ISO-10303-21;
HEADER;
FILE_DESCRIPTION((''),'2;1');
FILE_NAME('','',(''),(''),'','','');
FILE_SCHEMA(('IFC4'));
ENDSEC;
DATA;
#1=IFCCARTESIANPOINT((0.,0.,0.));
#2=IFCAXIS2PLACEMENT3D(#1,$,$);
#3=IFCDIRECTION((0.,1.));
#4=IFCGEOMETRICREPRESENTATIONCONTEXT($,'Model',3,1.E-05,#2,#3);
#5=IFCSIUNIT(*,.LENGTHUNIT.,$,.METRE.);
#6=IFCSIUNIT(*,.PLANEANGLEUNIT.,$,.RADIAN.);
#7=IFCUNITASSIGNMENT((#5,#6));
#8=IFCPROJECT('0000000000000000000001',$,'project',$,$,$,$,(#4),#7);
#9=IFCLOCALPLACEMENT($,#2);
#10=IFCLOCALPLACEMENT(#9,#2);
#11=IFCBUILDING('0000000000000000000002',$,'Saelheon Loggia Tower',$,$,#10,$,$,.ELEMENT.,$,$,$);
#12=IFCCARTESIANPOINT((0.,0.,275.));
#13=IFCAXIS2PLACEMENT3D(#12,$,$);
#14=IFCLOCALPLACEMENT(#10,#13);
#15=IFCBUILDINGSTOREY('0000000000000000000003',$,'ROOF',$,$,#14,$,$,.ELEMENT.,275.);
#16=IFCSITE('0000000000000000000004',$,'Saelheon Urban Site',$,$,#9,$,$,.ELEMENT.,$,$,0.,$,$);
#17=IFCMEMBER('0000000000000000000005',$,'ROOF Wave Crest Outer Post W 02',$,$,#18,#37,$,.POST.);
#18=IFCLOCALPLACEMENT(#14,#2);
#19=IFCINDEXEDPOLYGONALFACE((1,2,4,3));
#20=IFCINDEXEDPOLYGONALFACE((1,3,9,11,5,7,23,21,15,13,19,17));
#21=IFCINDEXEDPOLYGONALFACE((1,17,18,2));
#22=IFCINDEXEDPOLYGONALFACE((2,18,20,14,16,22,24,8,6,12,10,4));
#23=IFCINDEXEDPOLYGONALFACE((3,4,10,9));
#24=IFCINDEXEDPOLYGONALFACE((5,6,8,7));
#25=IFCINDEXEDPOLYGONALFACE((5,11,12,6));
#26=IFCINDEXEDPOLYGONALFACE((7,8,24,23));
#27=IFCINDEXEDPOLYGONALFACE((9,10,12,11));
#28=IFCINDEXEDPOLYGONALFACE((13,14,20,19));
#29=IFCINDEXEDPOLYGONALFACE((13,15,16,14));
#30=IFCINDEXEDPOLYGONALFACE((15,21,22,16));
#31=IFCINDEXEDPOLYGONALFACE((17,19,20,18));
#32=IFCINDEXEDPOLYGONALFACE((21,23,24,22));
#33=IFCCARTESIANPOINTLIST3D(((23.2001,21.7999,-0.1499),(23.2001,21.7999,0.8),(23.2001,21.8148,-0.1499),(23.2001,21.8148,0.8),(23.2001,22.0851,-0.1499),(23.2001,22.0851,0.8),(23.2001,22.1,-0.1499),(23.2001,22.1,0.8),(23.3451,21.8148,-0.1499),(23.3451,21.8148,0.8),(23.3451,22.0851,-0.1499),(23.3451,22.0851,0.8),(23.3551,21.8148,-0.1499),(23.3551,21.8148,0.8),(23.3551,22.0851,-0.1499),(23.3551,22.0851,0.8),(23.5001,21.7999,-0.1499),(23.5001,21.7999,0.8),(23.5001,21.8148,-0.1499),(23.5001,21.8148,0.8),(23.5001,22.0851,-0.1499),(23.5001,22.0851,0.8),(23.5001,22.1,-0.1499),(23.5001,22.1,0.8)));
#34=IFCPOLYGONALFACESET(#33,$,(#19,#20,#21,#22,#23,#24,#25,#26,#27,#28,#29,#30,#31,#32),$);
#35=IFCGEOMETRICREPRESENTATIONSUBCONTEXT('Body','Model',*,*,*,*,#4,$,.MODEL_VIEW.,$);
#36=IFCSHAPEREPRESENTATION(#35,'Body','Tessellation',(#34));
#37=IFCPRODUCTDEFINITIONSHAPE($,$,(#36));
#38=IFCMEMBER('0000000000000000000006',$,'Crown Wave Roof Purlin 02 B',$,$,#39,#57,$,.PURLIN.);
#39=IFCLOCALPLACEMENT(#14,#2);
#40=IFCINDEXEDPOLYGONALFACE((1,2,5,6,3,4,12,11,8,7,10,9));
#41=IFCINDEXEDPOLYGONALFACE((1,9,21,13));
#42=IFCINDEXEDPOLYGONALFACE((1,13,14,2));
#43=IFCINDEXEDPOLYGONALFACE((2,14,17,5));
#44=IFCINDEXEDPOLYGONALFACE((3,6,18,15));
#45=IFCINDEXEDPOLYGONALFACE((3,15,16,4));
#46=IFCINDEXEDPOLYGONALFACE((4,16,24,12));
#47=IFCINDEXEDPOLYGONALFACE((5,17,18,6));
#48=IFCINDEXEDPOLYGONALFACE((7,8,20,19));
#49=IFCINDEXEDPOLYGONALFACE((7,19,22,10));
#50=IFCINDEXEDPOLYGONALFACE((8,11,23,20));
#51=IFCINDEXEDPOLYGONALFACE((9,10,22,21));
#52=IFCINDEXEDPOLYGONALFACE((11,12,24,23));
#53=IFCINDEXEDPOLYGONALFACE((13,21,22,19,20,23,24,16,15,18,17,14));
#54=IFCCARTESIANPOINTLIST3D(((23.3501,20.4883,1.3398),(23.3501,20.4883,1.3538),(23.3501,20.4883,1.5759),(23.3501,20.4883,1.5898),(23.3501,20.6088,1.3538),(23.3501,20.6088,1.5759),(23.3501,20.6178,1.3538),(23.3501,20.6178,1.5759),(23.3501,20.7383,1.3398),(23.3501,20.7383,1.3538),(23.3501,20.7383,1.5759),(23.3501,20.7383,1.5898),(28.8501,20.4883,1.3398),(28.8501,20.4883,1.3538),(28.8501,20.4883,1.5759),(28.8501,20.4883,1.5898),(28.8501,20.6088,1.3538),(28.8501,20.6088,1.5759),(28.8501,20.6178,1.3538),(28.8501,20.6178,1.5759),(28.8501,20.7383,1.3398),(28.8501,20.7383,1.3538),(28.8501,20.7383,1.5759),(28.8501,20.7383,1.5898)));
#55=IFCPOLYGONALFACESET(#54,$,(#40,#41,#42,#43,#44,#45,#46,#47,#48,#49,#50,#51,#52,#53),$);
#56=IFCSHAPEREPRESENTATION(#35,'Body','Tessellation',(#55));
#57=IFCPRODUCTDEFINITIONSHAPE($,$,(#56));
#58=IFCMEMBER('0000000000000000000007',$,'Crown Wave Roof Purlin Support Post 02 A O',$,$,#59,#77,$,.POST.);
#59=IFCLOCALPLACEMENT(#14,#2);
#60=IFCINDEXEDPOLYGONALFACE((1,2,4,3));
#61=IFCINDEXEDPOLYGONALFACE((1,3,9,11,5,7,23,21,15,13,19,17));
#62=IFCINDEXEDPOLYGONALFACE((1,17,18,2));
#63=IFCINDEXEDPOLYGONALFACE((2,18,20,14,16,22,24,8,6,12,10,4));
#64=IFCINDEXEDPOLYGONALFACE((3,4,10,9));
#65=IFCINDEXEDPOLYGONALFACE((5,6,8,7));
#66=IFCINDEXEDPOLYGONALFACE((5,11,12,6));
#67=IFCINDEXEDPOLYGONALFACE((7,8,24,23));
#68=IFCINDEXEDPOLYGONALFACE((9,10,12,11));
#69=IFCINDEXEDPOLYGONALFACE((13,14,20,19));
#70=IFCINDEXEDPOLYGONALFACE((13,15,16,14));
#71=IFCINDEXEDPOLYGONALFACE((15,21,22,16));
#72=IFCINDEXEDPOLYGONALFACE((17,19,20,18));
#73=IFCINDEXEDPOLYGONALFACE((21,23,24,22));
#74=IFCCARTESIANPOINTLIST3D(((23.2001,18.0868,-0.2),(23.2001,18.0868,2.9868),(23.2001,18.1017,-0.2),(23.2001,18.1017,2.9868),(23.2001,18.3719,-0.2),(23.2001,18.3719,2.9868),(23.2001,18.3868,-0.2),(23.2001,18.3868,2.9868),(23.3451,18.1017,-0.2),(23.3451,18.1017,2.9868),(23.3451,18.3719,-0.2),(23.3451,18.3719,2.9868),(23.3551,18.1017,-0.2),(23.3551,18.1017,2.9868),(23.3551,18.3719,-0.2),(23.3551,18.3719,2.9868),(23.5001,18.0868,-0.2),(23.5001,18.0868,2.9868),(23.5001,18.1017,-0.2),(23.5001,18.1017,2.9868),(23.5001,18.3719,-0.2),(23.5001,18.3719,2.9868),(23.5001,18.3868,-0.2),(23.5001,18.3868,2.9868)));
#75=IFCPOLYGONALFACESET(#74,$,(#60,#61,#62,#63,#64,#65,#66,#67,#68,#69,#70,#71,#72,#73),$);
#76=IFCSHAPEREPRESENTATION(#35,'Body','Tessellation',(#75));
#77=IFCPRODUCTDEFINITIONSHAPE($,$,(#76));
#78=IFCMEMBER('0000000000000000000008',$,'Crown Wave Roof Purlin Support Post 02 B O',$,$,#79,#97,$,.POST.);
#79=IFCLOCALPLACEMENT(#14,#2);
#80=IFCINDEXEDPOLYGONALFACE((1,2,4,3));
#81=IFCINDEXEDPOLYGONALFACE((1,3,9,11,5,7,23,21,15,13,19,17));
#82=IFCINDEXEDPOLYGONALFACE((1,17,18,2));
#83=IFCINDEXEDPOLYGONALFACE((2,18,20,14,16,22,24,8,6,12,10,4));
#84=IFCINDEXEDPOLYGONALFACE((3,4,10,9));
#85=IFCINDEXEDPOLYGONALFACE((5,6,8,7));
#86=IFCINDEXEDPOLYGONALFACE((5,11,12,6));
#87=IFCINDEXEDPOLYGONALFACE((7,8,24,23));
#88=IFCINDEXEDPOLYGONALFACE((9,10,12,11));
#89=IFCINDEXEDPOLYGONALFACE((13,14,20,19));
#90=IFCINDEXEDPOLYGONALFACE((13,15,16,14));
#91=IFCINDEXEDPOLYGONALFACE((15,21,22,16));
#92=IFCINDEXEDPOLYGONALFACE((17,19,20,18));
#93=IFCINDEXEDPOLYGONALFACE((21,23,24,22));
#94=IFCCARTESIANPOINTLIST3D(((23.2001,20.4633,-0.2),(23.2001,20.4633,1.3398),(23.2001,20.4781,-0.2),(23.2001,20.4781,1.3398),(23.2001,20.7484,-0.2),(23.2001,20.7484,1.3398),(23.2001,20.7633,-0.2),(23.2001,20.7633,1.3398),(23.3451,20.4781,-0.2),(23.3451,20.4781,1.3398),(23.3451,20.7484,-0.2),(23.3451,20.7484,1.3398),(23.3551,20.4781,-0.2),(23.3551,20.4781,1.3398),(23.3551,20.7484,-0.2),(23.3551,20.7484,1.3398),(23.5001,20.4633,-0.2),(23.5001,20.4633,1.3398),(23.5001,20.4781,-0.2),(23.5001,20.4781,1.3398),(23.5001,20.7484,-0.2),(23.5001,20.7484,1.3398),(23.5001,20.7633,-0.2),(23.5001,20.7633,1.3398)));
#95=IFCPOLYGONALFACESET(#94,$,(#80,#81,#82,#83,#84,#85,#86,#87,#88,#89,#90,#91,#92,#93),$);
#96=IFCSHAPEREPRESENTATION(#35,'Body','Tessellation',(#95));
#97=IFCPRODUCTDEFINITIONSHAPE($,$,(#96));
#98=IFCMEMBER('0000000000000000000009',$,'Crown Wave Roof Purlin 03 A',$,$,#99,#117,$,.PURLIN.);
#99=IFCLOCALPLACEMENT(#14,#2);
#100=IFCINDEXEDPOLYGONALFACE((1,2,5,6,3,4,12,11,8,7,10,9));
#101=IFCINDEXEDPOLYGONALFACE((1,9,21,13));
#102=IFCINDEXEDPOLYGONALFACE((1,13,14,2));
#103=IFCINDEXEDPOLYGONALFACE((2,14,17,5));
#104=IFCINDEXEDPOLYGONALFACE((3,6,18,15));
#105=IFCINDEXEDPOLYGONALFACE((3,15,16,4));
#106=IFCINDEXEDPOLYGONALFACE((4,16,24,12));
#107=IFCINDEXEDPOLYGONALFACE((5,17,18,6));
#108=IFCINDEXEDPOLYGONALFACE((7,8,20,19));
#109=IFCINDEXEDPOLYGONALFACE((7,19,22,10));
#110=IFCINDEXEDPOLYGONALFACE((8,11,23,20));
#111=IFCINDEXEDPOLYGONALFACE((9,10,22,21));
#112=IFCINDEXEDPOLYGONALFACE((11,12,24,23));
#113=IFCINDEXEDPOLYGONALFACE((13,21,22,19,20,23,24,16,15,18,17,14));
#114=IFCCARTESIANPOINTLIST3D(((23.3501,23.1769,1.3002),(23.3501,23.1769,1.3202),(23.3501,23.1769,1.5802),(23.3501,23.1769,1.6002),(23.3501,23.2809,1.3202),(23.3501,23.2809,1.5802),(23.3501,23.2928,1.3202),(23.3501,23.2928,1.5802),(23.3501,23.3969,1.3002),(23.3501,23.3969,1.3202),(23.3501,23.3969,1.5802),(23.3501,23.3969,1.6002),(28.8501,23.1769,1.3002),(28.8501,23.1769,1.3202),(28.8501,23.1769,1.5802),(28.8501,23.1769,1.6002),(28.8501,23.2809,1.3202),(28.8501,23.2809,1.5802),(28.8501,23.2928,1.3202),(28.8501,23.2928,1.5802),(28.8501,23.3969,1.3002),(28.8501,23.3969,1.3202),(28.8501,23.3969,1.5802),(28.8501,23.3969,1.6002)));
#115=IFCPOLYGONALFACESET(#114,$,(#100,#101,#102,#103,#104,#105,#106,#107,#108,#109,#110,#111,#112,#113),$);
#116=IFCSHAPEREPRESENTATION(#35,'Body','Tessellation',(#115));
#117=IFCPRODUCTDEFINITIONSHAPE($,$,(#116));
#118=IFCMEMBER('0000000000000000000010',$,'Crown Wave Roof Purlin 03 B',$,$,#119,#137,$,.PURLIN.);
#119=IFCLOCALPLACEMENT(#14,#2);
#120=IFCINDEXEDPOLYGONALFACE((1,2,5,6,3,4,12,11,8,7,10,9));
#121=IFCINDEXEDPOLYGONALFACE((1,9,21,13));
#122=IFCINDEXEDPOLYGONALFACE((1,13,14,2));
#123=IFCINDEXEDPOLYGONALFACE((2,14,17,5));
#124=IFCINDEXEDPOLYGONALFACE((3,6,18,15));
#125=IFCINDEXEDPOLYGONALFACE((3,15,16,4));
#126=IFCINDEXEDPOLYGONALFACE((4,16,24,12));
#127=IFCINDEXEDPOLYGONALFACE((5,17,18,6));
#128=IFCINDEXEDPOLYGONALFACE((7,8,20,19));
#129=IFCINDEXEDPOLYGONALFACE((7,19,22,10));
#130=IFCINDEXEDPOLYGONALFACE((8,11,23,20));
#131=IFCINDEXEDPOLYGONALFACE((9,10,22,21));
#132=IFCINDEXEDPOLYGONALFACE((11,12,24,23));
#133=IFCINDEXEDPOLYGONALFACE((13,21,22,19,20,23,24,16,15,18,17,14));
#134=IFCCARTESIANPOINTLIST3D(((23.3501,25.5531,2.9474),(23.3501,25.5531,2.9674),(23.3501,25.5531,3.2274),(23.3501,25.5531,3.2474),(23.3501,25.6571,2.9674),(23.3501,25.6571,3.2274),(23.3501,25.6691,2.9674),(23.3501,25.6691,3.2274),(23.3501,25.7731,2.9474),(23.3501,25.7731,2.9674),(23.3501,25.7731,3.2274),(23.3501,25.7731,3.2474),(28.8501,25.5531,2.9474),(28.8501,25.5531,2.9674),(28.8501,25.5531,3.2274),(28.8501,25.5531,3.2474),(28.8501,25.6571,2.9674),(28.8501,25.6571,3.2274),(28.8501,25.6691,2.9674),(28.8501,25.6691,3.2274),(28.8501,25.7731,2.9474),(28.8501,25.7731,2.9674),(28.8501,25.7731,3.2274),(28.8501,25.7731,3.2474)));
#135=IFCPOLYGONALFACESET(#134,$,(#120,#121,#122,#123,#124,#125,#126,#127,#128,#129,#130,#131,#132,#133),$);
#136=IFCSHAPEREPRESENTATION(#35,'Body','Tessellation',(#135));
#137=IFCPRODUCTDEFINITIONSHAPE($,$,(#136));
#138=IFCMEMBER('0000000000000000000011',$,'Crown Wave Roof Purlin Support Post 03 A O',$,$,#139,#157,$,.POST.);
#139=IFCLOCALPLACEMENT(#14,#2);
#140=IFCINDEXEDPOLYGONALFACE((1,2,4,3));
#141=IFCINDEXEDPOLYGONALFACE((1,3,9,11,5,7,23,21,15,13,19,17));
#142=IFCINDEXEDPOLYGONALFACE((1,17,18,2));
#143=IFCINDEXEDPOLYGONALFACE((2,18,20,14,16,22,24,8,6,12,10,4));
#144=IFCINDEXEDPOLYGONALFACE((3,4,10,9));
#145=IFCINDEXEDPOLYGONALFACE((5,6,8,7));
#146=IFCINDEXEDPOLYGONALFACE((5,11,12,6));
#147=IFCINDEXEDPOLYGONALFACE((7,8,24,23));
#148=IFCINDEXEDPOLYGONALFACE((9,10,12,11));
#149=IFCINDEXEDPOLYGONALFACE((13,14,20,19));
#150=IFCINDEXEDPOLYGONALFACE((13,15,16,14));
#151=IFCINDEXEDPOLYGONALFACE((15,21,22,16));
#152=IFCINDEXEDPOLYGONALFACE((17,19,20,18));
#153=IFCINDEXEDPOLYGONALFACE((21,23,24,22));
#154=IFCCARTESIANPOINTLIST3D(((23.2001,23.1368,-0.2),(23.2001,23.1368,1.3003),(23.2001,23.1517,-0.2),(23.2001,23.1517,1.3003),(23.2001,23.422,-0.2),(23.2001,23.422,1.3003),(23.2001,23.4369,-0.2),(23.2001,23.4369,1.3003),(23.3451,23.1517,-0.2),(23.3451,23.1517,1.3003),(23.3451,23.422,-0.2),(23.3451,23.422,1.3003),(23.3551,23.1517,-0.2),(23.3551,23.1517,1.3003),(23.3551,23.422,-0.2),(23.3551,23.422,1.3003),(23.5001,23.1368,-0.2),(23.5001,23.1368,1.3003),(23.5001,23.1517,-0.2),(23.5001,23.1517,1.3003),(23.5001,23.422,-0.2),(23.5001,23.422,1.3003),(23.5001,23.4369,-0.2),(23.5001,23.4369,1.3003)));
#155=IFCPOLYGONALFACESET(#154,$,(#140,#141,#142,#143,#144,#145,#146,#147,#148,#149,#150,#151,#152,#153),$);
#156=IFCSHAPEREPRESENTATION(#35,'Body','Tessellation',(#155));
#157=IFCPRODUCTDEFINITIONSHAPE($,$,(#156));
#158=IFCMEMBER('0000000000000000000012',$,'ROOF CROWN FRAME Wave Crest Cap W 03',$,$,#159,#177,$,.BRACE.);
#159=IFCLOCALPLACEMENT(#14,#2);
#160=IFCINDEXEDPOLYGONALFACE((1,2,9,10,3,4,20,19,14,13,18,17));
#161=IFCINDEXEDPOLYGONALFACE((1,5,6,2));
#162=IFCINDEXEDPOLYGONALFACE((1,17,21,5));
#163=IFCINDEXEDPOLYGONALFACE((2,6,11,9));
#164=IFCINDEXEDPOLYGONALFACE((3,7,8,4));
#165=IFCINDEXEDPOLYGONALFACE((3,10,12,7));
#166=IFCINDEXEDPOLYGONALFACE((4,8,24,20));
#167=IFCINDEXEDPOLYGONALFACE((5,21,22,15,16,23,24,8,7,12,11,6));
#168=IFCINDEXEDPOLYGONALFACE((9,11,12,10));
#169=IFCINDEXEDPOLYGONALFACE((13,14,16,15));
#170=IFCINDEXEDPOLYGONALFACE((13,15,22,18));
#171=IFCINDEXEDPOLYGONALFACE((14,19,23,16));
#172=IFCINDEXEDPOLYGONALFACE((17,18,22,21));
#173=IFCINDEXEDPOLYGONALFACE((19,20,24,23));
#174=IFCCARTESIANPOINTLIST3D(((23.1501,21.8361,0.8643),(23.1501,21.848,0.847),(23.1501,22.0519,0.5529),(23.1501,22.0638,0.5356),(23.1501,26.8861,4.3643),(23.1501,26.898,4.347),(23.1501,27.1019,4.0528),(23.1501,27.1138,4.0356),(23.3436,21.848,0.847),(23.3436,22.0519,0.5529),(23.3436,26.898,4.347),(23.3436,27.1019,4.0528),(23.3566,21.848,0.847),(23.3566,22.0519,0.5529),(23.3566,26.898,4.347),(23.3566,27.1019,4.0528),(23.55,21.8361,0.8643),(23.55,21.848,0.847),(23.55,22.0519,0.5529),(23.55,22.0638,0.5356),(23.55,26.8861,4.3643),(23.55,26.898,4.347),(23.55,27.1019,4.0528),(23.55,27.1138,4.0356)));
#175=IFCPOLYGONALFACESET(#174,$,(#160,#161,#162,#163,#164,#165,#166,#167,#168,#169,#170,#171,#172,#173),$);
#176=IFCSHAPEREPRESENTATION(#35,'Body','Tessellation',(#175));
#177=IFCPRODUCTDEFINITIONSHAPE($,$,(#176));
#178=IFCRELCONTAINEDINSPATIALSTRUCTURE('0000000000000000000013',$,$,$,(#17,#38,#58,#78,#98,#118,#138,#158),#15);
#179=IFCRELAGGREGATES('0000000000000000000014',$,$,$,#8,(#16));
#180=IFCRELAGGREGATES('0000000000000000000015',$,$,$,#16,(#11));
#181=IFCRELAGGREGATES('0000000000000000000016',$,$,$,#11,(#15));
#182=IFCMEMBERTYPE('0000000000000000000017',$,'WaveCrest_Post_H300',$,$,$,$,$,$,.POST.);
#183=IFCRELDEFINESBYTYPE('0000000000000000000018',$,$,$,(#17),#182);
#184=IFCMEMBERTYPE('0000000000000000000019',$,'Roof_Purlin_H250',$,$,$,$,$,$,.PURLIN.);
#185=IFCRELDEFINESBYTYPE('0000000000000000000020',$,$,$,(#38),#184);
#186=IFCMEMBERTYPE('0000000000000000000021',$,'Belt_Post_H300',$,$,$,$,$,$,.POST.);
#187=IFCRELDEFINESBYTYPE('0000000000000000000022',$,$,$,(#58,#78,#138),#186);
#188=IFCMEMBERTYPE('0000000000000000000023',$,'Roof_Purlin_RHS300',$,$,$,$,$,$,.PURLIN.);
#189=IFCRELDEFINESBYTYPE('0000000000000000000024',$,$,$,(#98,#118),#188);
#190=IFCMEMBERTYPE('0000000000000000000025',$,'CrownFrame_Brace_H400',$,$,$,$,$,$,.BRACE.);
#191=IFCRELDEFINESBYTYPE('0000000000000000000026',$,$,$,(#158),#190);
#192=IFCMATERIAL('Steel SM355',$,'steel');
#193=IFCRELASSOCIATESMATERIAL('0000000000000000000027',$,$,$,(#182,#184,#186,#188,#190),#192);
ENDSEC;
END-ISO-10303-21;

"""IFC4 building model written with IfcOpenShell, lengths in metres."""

from ifc_helpers import new_model, si_unit, direction, frame, origin, origin_2d, place, context, subcontext, project, spatial, i_section, extrude, source, transform, mapped, material, material_profile, profile_set, type_object, element, save


model = new_model("IFC4")

# Units and contexts
model_context = context("Model", 3, precision=1e-05, world=origin(), true_north=direction((0.0, 1.0)))
body_context = subcontext(model_context, "Body", "Model", "MODEL_VIEW")
ifc_project = project(units=[si_unit("LENGTHUNIT", "METRE"), si_unit("PLANEANGLEUNIT", "RADIAN")], contexts=[model_context])

# Site, building, storey
site_placement = place(None, origin())
site = spatial("IfcSite", under=ifc_project, at=site_placement, Name="Saelheon Urban Site", CompositionType="ELEMENT", RefElevation=0.0)
building_placement = place(site_placement, origin())
building = spatial("IfcBuilding", under=site, at=building_placement, Name="Saelheon Loggia Tower", CompositionType="ELEMENT")
storey_placement = place(building_placement, frame((0.0, 0.0, 275.0)))
storey = spatial("IfcBuildingStorey", under=building, at=storey_placement, Name="ROOF", CompositionType="ELEMENT", Elevation=275.0)

# Members
ifc_material_1 = material(Name="Steel SM355", Category="steel")
ifc_material_profile_1 = material_profile(ifc_material_1, i_section(OverallWidth=0.3, OverallDepth=0.3, WebThickness=0.01, FlangeThickness=0.0149, at=origin_2d()), Name="H-300x300x10x15")
ifc_profile_set_1 = profile_set([ifc_material_profile_1], Name="Steel SM355")
member_type_1 = type_object("IfcMemberType", Name="WaveCrest_Post_H300", PredefinedType="POST", material=ifc_profile_set_1)
shared_shape_1 = source(origin(), body_context, "Body", "SweptSolid", [
    extrude(i_section(OverallWidth=0.3, OverallDepth=0.3, WebThickness=0.01, FlangeThickness=0.0149, at=origin_2d()), origin(), (0.0, 0.0, 1.0), 0.95),
])
member_1_placement = place(storey_placement, frame((23.3501, 21.95, -0.1499), z_axis=(0.0, 0.0, 1.0), x_axis=(1.0, 0.0, 0.0)))
element("IfcMember", 1, at=member_1_placement, inside=storey, type_object=member_type_1, Name="ROOF Wave Crest Outer Post W 02", PredefinedType="POST", context=body_context, shape_type="MappedRepresentation", body=[
    mapped(shared_shape_1, transform((0.0, 0.0, 0.0), scale=1.0)),
])
ifc_material_profile_2 = material_profile(ifc_material_1, i_section(OverallWidth=0.25, OverallDepth=0.25, WebThickness=0.009, FlangeThickness=0.0139, at=origin_2d()), Name="H-250x250x9x14")
ifc_profile_set_2 = profile_set([ifc_material_profile_2], Name="Steel SM355")
member_type_2 = type_object("IfcMemberType", Name="Roof_Purlin_H250", PredefinedType="PURLIN", material=ifc_profile_set_2)
shared_shape_2 = source(origin(), body_context, "Body", "SweptSolid", [
    extrude(i_section(OverallWidth=0.25, OverallDepth=0.25, WebThickness=0.009, FlangeThickness=0.0139, at=origin_2d()), origin(), (0.0, 0.0, 1.0), 5.5),
])
member_2_placement = place(storey_placement, frame((23.3501, 20.6133, 1.4648), z_axis=(1.0, 0.0, 0.0), x_axis=(0.0, 1.0, 0.0)))
element("IfcMember", 2, at=member_2_placement, inside=storey, type_object=member_type_2, Name="Crown Wave Roof Purlin 02 B", PredefinedType="PURLIN", context=body_context, shape_type="MappedRepresentation", body=[
    mapped(shared_shape_2, transform((0.0, 0.0, 0.0), scale=1.0)),
])
ifc_material_profile_3 = material_profile(ifc_material_1, i_section(OverallWidth=0.3, OverallDepth=0.3, WebThickness=0.01, FlangeThickness=0.0149, at=origin_2d()), Name="H-300x300x10x15")
ifc_profile_set_3 = profile_set([ifc_material_profile_3], Name="Steel SM355")
member_type_3 = type_object("IfcMemberType", Name="Belt_Post_H300", PredefinedType="POST", material=ifc_profile_set_3)
shared_shape_3 = source(origin(), body_context, "Body", "SweptSolid", [
    extrude(i_section(OverallWidth=0.3, OverallDepth=0.3, WebThickness=0.01, FlangeThickness=0.0149, at=origin_2d()), origin(), (0.0, 0.0, 1.0), 3.1868),
])
member_3_placement = place(storey_placement, frame((23.3501, 18.2368, -0.2), z_axis=(0.0, 0.0, 1.0), x_axis=(1.0, 0.0, 0.0)))
element("IfcMember", 3, at=member_3_placement, inside=storey, type_object=member_type_3, Name="Crown Wave Roof Purlin Support Post 02 A O", PredefinedType="POST", context=body_context, shape_type="MappedRepresentation", body=[
    mapped(shared_shape_3, transform((0.0, 0.0, 0.0), scale=1.0)),
])
shared_shape_4 = source(origin(), body_context, "Body", "SweptSolid", [
    extrude(i_section(OverallWidth=0.3, OverallDepth=0.3, WebThickness=0.01, FlangeThickness=0.0149, at=origin_2d()), origin(), (0.0, 0.0, 1.0), 1.5398),
])
member_4_placement = place(storey_placement, frame((23.3501, 20.6133, -0.2), z_axis=(0.0, 0.0, 1.0), x_axis=(1.0, 0.0, 0.0)))
element("IfcMember", 4, at=member_4_placement, inside=storey, type_object=member_type_3, Name="Crown Wave Roof Purlin Support Post 02 B O", PredefinedType="POST", context=body_context, shape_type="MappedRepresentation", body=[
    mapped(shared_shape_4, transform((0.0, 0.0, 0.0), scale=1.0)),
])
ifc_material_profile_4 = material_profile(ifc_material_1, i_section(OverallWidth=0.22, OverallDepth=0.3, WebThickness=0.012, FlangeThickness=0.02, at=origin_2d()), Name="H-300x220x12x20")
ifc_profile_set_4 = profile_set([ifc_material_profile_4], Name="Steel SM355")
member_type_4 = type_object("IfcMemberType", Name="Roof_Purlin_RHS300", PredefinedType="PURLIN", material=ifc_profile_set_4)
shared_shape_5 = source(origin(), body_context, "Body", "SweptSolid", [
    extrude(i_section(OverallWidth=0.22, OverallDepth=0.3, WebThickness=0.012, FlangeThickness=0.02, at=origin_2d()), origin(), (0.0, 0.0, 1.0), 5.5),
])
for number, where, z_axis, x_axis, name in (
    (5, (23.3501, 23.2869, 1.4502), (1.0, 0.0, 0.0), (0.0, 1.0, 0.0), "Crown Wave Roof Purlin 03 A"),
    (6, (23.3501, 25.6631, 3.0974), (1.0, 0.0, 0.0), (0.0, 1.0, 0.0), "Crown Wave Roof Purlin 03 B"),
):
    element("IfcMember", number, at=place(storey_placement, frame(where, z_axis=z_axis, x_axis=x_axis)), inside=storey, type_object=member_type_4, Name=name, PredefinedType="PURLIN", context=body_context, shape_type="MappedRepresentation", body=[
        mapped(shared_shape_5, transform((0.0, 0.0, 0.0), scale=1.0)),
    ])
shared_shape_6 = source(origin(), body_context, "Body", "SweptSolid", [
    extrude(i_section(OverallWidth=0.3, OverallDepth=0.3, WebThickness=0.01, FlangeThickness=0.0149, at=origin_2d()), origin(), (0.0, 0.0, 1.0), 1.5002),
])
member_5_placement = place(storey_placement, frame((23.3501, 23.2869, -0.2), z_axis=(0.0, 0.0, 1.0), x_axis=(1.0, 0.0, 0.0)))
element("IfcMember", 7, at=member_5_placement, inside=storey, type_object=member_type_3, Name="Crown Wave Roof Purlin Support Post 03 A O", PredefinedType="POST", context=body_context, shape_type="MappedRepresentation", body=[
    mapped(shared_shape_6, transform((0.0, 0.0, 0.0), scale=1.0)),
])
ifc_material_profile_5 = material_profile(ifc_material_1, i_section(OverallWidth=0.3999, OverallDepth=0.3999, WebThickness=0.0129, FlangeThickness=0.021, at=origin_2d()), Name="H-400x400x13x21")
ifc_profile_set_5 = profile_set([ifc_material_profile_5], Name="Steel SM355")
member_type_5 = type_object("IfcMemberType", Name="CrownFrame_Brace_H400", PredefinedType="BRACE", material=ifc_profile_set_5)
shared_shape_7 = source(origin(), body_context, "Body", "SweptSolid", [
    extrude(i_section(OverallWidth=0.3999, OverallDepth=0.3999, WebThickness=0.0129, FlangeThickness=0.021, at=origin_2d()), origin(), (0.0, 0.0, 1.0), 6.1443),
])
member_6_placement = place(storey_placement, frame((23.3501, 21.95, 0.7), z_axis=(0.0, 0.821902, 0.569629), x_axis=(-1.0, 0.0, 0.0)))
element("IfcMember", 8, at=member_6_placement, inside=storey, type_object=member_type_5, Name="ROOF CROWN FRAME Wave Crest Cap W 03", PredefinedType="BRACE", context=body_context, shape_type="MappedRepresentation", body=[
    mapped(shared_shape_7, transform((0.0, 0.0, 0.0), scale=1.0)),
])

save(model, "model.ifc")
